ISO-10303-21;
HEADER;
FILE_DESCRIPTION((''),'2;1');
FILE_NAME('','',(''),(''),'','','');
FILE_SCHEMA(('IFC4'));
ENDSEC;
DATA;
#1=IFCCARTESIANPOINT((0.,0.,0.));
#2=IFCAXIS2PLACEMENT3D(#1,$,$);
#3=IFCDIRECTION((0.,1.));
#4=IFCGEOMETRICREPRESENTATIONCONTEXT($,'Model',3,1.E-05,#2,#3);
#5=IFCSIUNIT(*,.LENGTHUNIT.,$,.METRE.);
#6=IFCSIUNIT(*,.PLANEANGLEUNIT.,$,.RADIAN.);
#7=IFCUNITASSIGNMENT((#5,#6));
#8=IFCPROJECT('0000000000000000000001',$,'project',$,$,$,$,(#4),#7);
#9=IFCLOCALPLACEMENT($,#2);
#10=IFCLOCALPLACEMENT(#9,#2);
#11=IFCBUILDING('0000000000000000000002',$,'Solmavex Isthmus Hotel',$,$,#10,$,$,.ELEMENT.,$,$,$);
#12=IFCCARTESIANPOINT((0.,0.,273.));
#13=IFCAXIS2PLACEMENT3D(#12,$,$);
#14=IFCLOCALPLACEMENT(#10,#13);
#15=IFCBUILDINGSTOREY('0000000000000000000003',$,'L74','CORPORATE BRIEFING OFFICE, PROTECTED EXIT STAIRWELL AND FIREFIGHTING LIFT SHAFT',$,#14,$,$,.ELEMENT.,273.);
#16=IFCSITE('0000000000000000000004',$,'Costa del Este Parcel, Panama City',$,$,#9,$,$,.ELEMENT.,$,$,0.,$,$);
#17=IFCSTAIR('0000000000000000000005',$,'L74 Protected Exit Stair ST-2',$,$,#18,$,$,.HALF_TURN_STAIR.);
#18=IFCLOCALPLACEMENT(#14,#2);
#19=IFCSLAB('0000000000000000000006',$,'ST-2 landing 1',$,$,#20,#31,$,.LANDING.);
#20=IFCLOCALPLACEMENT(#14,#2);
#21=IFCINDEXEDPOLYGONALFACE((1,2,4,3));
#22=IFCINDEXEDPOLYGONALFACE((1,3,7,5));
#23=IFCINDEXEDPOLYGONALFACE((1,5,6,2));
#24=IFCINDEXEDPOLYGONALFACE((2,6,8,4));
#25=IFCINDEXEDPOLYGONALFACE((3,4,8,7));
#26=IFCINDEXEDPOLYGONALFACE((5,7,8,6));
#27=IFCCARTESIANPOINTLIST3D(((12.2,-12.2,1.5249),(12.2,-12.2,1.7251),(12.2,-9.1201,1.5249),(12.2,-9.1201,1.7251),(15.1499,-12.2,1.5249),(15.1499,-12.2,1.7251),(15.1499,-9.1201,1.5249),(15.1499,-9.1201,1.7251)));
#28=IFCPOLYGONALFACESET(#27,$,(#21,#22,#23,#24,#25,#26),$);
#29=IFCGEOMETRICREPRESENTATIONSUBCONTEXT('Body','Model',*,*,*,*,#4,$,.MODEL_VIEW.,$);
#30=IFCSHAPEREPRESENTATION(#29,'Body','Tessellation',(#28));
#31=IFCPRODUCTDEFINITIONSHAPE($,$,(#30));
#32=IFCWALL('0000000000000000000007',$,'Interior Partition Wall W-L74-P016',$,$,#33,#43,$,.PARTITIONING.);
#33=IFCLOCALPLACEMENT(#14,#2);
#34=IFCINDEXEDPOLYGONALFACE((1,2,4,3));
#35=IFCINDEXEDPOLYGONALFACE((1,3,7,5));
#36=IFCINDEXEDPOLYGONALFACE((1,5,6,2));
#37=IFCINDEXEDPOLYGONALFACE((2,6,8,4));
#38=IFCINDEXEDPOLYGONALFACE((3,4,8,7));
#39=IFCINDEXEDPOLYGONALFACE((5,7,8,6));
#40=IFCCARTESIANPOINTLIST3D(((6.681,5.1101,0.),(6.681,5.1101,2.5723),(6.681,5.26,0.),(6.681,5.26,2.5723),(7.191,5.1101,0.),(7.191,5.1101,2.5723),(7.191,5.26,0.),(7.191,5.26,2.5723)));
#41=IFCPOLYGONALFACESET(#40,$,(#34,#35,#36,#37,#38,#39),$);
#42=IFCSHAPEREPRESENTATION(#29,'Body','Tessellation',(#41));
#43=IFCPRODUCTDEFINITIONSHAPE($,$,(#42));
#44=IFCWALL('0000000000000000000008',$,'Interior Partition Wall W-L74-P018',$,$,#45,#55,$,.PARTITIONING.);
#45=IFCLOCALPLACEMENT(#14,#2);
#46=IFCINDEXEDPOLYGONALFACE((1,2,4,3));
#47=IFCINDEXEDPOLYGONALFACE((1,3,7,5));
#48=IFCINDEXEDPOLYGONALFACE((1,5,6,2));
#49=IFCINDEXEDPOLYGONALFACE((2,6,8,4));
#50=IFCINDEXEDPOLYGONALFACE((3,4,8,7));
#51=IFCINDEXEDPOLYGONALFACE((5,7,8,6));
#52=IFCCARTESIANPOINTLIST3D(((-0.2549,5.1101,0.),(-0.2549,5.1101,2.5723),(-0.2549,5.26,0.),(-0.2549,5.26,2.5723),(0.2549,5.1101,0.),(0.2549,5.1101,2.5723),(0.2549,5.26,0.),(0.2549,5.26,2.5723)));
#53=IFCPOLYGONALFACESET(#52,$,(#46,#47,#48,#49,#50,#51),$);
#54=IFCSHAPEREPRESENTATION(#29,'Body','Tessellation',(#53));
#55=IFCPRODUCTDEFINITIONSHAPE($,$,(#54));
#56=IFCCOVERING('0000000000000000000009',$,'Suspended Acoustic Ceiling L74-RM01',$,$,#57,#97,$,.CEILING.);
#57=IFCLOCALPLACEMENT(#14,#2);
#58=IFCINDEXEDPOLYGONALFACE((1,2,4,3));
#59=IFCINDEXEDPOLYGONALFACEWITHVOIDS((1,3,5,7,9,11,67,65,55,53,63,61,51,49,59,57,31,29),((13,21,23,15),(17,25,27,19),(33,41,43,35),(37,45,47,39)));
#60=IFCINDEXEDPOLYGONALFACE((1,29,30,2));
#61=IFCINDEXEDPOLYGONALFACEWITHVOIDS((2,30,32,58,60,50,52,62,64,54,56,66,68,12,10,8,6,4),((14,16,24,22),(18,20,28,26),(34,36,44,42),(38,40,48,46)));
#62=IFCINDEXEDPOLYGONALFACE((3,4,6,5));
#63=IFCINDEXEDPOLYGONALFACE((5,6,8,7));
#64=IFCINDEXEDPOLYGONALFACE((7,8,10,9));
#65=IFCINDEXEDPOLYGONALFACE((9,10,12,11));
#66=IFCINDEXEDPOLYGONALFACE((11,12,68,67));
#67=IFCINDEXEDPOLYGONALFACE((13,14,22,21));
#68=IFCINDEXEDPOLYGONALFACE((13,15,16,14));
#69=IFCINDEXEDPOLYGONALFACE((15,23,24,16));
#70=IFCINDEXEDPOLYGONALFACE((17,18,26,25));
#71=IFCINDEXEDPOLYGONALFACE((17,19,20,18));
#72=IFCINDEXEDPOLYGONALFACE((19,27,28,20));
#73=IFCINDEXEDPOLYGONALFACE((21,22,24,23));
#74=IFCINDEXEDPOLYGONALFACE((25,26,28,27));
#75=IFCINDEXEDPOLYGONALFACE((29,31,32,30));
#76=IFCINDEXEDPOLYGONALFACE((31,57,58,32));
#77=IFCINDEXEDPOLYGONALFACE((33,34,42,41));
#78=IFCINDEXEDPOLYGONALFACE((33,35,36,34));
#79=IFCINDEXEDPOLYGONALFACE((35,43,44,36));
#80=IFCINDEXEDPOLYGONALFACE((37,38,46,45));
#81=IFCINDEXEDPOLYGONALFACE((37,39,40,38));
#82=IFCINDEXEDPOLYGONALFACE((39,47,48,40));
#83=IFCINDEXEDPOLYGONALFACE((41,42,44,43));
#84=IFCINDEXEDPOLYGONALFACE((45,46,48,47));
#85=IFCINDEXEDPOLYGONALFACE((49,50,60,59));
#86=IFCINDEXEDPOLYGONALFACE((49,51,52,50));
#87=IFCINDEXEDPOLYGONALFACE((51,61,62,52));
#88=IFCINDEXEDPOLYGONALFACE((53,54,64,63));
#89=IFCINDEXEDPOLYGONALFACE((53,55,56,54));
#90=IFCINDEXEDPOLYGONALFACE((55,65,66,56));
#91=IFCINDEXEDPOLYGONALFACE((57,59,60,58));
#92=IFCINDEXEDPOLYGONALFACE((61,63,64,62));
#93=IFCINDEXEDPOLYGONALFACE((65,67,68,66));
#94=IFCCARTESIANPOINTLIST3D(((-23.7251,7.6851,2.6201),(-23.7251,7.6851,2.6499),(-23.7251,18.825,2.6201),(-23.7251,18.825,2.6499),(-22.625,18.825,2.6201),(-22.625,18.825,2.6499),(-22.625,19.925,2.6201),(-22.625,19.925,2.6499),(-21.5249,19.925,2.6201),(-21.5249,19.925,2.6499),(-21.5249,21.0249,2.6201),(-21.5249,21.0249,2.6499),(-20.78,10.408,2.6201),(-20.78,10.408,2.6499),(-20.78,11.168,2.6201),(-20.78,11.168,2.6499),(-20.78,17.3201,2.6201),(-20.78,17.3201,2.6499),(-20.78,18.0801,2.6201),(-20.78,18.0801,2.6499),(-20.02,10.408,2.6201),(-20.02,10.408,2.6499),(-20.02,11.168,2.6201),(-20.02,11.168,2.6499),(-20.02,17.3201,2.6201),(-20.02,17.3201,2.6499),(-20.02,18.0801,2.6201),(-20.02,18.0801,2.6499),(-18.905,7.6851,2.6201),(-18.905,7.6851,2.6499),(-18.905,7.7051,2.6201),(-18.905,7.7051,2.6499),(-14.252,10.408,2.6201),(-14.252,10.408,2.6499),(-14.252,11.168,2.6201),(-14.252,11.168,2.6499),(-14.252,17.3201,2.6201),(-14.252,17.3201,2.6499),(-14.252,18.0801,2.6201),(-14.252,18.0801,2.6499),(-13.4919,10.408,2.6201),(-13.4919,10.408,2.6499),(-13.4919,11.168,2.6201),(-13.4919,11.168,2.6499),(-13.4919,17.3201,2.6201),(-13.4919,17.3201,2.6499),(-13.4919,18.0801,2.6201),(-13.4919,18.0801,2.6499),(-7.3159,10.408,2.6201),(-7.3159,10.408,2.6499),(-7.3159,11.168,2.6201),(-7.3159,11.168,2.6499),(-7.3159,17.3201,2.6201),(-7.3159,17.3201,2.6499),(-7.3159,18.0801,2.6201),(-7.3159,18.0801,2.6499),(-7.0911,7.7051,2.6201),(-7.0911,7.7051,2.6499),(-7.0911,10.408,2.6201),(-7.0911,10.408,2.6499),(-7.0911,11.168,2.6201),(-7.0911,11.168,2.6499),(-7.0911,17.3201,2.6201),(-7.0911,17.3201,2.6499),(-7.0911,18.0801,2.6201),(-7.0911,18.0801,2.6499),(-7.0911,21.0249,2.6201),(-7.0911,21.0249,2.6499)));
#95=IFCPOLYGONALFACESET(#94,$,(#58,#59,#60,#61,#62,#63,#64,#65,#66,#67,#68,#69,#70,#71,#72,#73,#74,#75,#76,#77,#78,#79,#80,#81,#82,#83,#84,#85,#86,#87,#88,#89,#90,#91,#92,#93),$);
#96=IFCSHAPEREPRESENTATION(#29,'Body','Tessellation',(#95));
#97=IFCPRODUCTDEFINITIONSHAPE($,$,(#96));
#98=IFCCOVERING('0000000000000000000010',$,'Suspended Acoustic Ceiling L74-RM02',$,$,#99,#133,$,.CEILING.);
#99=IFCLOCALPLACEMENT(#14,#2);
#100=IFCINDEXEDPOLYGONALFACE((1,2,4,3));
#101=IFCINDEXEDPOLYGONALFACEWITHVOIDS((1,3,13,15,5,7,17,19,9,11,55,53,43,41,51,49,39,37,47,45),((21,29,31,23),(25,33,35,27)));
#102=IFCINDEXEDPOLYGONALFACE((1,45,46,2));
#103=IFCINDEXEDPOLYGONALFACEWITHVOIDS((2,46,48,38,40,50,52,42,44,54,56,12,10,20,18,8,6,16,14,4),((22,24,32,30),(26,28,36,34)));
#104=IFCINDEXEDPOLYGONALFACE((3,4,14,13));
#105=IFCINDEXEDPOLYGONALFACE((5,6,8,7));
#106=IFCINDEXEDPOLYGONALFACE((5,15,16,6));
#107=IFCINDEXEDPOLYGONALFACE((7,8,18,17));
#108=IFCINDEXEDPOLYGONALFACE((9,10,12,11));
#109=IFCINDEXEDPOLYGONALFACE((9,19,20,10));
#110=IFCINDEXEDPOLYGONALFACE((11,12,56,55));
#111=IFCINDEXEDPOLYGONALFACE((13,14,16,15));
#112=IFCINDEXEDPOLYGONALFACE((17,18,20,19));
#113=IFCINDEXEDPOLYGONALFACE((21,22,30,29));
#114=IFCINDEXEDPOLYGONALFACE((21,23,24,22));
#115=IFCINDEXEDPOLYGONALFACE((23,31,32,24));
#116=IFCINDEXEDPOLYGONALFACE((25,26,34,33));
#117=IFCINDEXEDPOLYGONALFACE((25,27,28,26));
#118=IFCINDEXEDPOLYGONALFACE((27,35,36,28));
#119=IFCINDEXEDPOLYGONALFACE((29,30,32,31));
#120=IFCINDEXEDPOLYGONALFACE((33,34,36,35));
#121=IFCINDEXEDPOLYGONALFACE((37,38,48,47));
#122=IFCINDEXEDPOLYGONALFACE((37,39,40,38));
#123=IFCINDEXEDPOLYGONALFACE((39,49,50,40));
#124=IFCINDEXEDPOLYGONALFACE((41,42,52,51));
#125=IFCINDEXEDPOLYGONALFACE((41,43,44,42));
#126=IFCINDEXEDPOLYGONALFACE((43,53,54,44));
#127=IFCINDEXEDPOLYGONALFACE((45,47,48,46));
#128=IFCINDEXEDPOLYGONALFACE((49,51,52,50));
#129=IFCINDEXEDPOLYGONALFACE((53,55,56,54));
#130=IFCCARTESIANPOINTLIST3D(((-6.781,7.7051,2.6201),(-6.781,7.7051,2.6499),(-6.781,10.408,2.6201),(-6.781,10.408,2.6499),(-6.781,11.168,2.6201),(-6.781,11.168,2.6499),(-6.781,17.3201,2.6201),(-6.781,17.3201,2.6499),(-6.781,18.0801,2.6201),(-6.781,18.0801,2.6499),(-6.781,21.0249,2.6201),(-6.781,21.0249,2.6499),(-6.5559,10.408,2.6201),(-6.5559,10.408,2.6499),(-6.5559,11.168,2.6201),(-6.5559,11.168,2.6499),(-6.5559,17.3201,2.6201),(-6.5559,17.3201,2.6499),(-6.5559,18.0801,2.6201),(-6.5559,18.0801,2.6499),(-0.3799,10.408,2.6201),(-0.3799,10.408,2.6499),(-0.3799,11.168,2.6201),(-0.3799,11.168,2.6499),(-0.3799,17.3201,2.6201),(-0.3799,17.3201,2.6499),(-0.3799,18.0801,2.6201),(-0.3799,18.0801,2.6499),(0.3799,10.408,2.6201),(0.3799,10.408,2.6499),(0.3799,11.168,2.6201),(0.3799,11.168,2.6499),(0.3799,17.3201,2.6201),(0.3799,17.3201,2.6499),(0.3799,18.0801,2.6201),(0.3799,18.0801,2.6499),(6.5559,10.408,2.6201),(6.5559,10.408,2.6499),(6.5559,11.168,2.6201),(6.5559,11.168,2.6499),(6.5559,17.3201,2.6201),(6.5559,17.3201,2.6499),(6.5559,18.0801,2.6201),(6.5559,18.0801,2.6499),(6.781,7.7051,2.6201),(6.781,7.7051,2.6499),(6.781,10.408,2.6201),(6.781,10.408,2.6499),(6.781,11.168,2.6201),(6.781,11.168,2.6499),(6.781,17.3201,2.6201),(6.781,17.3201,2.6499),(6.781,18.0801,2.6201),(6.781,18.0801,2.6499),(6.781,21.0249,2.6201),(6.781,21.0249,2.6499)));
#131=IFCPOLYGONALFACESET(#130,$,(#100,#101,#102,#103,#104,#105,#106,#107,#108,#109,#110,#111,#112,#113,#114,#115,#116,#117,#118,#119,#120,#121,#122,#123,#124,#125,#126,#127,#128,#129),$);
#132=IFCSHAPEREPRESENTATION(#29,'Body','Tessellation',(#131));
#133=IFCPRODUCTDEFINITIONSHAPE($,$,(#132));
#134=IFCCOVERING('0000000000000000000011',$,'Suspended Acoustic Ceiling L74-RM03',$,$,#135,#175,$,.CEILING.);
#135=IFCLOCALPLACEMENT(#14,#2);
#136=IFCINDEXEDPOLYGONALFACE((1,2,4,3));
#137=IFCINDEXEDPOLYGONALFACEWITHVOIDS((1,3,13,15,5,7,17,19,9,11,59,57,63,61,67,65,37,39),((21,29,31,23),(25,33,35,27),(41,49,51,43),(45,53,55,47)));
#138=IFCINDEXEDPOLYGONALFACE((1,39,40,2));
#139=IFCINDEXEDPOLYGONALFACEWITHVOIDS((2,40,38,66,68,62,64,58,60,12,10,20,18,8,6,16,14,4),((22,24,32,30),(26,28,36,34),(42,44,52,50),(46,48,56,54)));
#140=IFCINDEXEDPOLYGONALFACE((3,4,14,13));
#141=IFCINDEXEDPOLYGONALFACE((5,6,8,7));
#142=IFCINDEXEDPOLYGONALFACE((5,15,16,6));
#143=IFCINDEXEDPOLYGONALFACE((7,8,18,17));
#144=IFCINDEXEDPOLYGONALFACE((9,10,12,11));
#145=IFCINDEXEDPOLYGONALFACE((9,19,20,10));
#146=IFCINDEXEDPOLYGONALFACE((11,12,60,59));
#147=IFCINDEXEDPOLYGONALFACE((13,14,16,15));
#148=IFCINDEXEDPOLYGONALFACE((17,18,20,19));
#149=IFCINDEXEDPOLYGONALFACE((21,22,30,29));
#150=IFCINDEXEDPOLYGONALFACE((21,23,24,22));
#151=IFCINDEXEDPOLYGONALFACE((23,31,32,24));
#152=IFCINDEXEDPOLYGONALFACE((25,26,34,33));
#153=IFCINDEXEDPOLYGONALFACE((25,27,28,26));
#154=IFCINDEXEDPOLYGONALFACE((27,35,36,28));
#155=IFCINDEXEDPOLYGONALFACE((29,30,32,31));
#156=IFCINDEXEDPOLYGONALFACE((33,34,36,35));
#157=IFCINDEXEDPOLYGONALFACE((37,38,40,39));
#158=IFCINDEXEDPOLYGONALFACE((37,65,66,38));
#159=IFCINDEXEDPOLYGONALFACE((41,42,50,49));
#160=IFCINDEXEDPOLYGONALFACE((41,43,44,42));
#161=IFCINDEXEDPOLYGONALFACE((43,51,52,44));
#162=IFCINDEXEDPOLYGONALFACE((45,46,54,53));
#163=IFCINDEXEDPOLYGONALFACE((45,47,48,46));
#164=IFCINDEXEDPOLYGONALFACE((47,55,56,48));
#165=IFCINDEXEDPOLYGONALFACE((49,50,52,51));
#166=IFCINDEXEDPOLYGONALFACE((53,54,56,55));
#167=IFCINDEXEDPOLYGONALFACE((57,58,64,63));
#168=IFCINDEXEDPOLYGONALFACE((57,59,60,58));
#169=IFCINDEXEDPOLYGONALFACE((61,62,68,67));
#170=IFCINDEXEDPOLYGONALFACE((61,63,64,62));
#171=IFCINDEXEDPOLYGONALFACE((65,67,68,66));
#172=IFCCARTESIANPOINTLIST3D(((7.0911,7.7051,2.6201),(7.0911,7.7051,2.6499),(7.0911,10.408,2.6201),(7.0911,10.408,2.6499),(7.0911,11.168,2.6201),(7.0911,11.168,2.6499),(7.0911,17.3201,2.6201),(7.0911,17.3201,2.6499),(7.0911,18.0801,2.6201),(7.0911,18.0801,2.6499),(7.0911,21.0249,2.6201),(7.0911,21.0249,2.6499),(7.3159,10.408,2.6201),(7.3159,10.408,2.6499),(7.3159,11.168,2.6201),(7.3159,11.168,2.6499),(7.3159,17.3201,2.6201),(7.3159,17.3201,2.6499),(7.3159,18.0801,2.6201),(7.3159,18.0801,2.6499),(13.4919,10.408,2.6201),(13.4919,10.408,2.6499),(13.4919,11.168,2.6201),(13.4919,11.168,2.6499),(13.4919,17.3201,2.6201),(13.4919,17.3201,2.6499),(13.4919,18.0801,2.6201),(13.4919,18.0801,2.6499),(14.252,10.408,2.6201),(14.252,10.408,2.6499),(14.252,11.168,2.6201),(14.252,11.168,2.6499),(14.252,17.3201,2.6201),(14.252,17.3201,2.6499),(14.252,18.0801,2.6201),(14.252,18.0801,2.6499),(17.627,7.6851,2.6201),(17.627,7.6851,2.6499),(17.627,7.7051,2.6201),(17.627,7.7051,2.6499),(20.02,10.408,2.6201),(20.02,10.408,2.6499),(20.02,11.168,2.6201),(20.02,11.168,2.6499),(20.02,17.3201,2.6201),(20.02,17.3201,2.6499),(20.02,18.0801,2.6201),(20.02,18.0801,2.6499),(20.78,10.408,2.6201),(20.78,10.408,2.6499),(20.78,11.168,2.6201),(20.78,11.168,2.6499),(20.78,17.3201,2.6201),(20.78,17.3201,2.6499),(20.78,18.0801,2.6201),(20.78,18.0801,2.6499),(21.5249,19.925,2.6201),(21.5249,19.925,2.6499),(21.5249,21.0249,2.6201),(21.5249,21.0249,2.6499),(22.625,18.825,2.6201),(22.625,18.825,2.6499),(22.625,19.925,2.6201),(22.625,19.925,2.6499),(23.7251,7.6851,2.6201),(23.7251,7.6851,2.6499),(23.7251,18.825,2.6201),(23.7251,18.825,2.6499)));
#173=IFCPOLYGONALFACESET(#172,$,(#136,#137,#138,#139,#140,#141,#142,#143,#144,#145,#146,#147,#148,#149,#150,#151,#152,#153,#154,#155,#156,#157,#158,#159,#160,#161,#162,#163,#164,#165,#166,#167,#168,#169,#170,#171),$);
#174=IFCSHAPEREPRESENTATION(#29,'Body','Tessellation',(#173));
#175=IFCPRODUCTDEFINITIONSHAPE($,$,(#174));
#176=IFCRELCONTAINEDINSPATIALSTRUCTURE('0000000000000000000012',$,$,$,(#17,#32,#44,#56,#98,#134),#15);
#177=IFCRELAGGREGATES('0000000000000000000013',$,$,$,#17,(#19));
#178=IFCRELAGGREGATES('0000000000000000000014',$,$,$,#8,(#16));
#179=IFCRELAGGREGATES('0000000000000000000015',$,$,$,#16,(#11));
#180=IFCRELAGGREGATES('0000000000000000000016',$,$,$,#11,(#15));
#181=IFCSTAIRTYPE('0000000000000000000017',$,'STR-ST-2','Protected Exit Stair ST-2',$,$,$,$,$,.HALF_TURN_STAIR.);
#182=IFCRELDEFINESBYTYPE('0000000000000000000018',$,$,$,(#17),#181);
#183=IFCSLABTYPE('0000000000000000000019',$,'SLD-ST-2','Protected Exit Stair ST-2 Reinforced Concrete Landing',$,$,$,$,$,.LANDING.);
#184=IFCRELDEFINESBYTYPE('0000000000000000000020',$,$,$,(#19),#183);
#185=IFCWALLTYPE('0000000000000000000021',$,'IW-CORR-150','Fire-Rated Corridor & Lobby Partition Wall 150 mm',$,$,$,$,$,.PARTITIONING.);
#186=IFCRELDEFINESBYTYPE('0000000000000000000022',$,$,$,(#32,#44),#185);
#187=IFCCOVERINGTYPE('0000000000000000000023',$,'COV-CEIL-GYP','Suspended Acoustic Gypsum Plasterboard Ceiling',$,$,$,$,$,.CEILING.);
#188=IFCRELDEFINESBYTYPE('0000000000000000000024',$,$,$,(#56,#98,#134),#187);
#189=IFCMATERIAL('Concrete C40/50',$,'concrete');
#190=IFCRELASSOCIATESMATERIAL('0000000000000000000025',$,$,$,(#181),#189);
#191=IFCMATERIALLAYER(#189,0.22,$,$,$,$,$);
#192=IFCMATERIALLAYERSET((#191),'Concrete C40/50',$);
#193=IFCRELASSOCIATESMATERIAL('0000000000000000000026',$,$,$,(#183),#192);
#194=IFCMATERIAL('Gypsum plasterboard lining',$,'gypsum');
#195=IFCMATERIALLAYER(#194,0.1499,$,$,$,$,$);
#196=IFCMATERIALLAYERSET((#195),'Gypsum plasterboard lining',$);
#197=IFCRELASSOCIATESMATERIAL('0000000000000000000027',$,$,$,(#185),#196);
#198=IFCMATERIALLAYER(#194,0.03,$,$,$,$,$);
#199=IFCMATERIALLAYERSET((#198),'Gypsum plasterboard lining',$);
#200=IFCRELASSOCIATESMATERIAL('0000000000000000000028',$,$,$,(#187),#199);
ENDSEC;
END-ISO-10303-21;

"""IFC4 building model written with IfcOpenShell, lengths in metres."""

from ifc_helpers import new_model, si_unit, direction, frame, frame_2d, origin, place, context, subcontext, project, spatial, polyline, rectangle, outline, extrude, material, layer, layer_set, type_object, element, aggregate, save


model = new_model("IFC4")

# Units and contexts
model_context = context("Model", 3, precision=1e-05, world=origin(), true_north=direction((0.0, 1.0)))
body_context = subcontext(model_context, "Body", "Model", "MODEL_VIEW")
ifc_project = project(units=[si_unit("LENGTHUNIT", "METRE"), si_unit("PLANEANGLEUNIT", "RADIAN")], contexts=[model_context])

# Site, building, storey
site_placement = place(None, origin())
site = spatial("IfcSite", under=ifc_project, at=site_placement, Name="Costa del Este Parcel, Panama City", CompositionType="ELEMENT", RefElevation=0.0)
building_placement = place(site_placement, origin())
building = spatial("IfcBuilding", under=site, at=building_placement, Name="Solmavex Isthmus Hotel", CompositionType="ELEMENT")
storey_placement = place(building_placement, frame((0.0, 0.0, 273.0)))
storey = spatial("IfcBuildingStorey", under=building, at=storey_placement, Name="L74", Description="CORPORATE BRIEFING OFFICE, PROTECTED EXIT STAIRWELL AND FIREFIGHTING LIFT SHAFT", CompositionType="ELEMENT", Elevation=273.0)

# Stair, slab
ifc_material_1 = material(Name="Concrete C40/50", Category="concrete")
stair_type = type_object("IfcStairType", Name="STR-ST-2", Description="Protected Exit Stair ST-2", PredefinedType="HALF_TURN_STAIR", material=ifc_material_1)
stair_placement = place(storey_placement, origin())
stair = element("IfcStair", 1, at=stair_placement, inside=storey, type_object=stair_type, Name="L74 Protected Exit Stair ST-2", PredefinedType="HALF_TURN_STAIR")
ifc_layer_1 = layer(ifc_material_1, 0.22)
ifc_layer_set_1 = layer_set([ifc_layer_1], Name="Concrete C40/50")
slab_type = type_object("IfcSlabType", Name="SLD-ST-2", Description="Protected Exit Stair ST-2 Reinforced Concrete Landing", PredefinedType="LANDING", material=ifc_layer_set_1)
slab_placement = place(storey_placement, frame((0.0, 0.0, 1.5249)))
slab = element("IfcSlab", 2, at=slab_placement, type_object=slab_type, Name="ST-2 landing 1", PredefinedType="LANDING", context=body_context, shape_type="SweptSolid", body=[
    extrude(outline(polyline([(12.2, -9.1201), (12.2, -12.2), (15.1499, -12.2), (15.1499, -9.1201), (12.2, -9.1201)])), origin(), (0.0, 0.0, 1.0), 0.2002),
])
aggregate(stair, [slab])

# Walls
ifc_material_2 = material(Name="Gypsum plasterboard lining", Category="gypsum")
ifc_layer_2 = layer(ifc_material_2, 0.1499)
ifc_layer_set_2 = layer_set([ifc_layer_2], Name="Gypsum plasterboard lining")
wall_type = type_object("IfcWallType", Name="IW-CORR-150", Description="Fire-Rated Corridor & Lobby Partition Wall 150 mm", PredefinedType="PARTITIONING", material=ifc_layer_set_2)
wall_1_placement = place(storey_placement, frame((7.1909, 5.1851, 0.0), z_axis=(0.0, 0.0, 1.0), x_axis=(-1.0, 0.0, 0.0)))
element("IfcWall", 3, at=wall_1_placement, inside=storey, type_object=wall_type, Name="Interior Partition Wall W-L74-P016", PredefinedType="PARTITIONING", context=body_context, shape_type="SweptSolid", body=[
    extrude(rectangle(XDim=0.51, YDim=0.1499, at=frame_2d((0.2549, 0.0))), origin(), (0.0, 0.0, 1.0), 2.5723),
])
wall_2_placement = place(storey_placement, frame((0.2549, 5.1851, 0.0), z_axis=(0.0, 0.0, 1.0), x_axis=(-1.0, 0.0, 0.0)))
element("IfcWall", 4, at=wall_2_placement, inside=storey, type_object=wall_type, Name="Interior Partition Wall W-L74-P018", PredefinedType="PARTITIONING", context=body_context, shape_type="SweptSolid", body=[
    extrude(rectangle(XDim=0.5098, YDim=0.1499, at=frame_2d((0.2549, 0.0))), origin(), (0.0, 0.0, 1.0), 2.5723),
])

# Coverings
ifc_layer_3 = layer(ifc_material_2, 0.03)
ifc_layer_set_3 = layer_set([ifc_layer_3], Name="Gypsum plasterboard lining")
covering_type_1 = type_object("IfcCoveringType", Name="COV-CEIL-GYP", Description="Suspended Acoustic Gypsum Plasterboard Ceiling", PredefinedType="CEILING", material=ifc_layer_set_3)
covering_1_placement = place(storey_placement, frame((0.0, 0.0, 2.6201)))
element("IfcCovering", 5, at=covering_1_placement, inside=storey, type_object=covering_type_1, Name="Suspended Acoustic Ceiling L74-RM01", PredefinedType="CEILING", context=body_context, shape_type="SweptSolid", body=[
    extrude(outline(polyline([(-18.905, 7.6851), (-18.905, 7.7051), (-7.0911, 7.7051), (-7.0911, 10.408), (-7.3159, 10.408), (-7.3159, 11.168), (-7.0911, 11.168), (-7.0911, 17.3201), (-7.3159, 17.3201), (-7.3159, 18.0801), (-7.0911, 18.0801), (-7.0911, 21.0249), (-21.5249, 21.0249), (-21.5249, 19.925), (-22.625, 19.925), (-22.625, 18.825), (-23.7251, 18.825), (-23.7251, 7.6851), (-18.905, 7.6851)]), holes=[polyline([(-14.252, 10.408), (-14.252, 11.168), (-13.4919, 11.168), (-13.4919, 10.408), (-14.252, 10.408)]), polyline([(-14.252, 17.3201), (-14.252, 18.0801), (-13.4919, 18.0801), (-13.4919, 17.3201), (-14.252, 17.3201)]), polyline([(-20.78, 10.408), (-20.78, 11.168), (-20.02, 11.168), (-20.02, 10.408), (-20.78, 10.408)]), polyline([(-20.78, 17.3201), (-20.78, 18.0801), (-20.02, 18.0801), (-20.02, 17.3201), (-20.78, 17.3201)])]), origin(), (0.0, 0.0, 1.0), 0.0298),
])
covering_2_placement = place(storey_placement, frame((0.0, 0.0, 2.6201)))
element("IfcCovering", 6, at=covering_2_placement, inside=storey, type_object=covering_type_1, Name="Suspended Acoustic Ceiling L74-RM02", PredefinedType="CEILING", context=body_context, shape_type="SweptSolid", body=[
    extrude(outline(polyline([(-6.781, 11.168), (-6.5559, 11.168), (-6.5559, 10.408), (-6.781, 10.408), (-6.781, 7.7051), (6.781, 7.7051), (6.781, 10.408), (6.5559, 10.408), (6.5559, 11.168), (6.781, 11.168), (6.781, 17.3201), (6.5559, 17.3201), (6.5559, 18.0801), (6.781, 18.0801), (6.781, 21.0249), (-6.781, 21.0249), (-6.781, 18.0801), (-6.5559, 18.0801), (-6.5559, 17.3201), (-6.781, 17.3201), (-6.781, 11.168)]), holes=[polyline([(-0.3799, 10.408), (-0.3799, 11.168), (0.3799, 11.168), (0.3799, 10.408), (-0.3799, 10.408)]), polyline([(-0.3799, 17.3201), (-0.3799, 18.0801), (0.3799, 18.0801), (0.3799, 17.3201), (-0.3799, 17.3201)])]), origin(), (0.0, 0.0, 1.0), 0.0298),
])
covering_3_placement = place(storey_placement, frame((0.0, 0.0, 2.6201)))
element("IfcCovering", 7, at=covering_3_placement, inside=storey, type_object=covering_type_1, Name="Suspended Acoustic Ceiling L74-RM03", PredefinedType="CEILING", context=body_context, shape_type="SweptSolid", body=[
    extrude(outline(polyline([(7.0911, 11.168), (7.3159, 11.168), (7.3159, 10.408), (7.0911, 10.408), (7.0911, 7.7051), (17.627, 7.7051), (17.627, 7.6851), (23.7251, 7.6851), (23.7251, 18.825), (22.625, 18.825), (22.625, 19.925), (21.5249, 19.925), (21.5249, 21.0249), (7.0911, 21.0249), (7.0911, 18.0801), (7.3159, 18.0801), (7.3159, 17.3201), (7.0911, 17.3201), (7.0911, 11.168)]), holes=[polyline([(20.02, 10.408), (20.02, 11.168), (20.78, 11.168), (20.78, 10.408), (20.02, 10.408)]), polyline([(20.02, 17.3201), (20.02, 18.0801), (20.78, 18.0801), (20.78, 17.3201), (20.02, 17.3201)]), polyline([(13.4919, 10.408), (13.4919, 11.168), (14.252, 11.168), (14.252, 10.408), (13.4919, 10.408)]), polyline([(13.4919, 17.3201), (13.4919, 18.0801), (14.252, 18.0801), (14.252, 17.3201), (13.4919, 17.3201)])]), origin(), (0.0, 0.0, 1.0), 0.0298),
])

save(model, "model.ifc")
